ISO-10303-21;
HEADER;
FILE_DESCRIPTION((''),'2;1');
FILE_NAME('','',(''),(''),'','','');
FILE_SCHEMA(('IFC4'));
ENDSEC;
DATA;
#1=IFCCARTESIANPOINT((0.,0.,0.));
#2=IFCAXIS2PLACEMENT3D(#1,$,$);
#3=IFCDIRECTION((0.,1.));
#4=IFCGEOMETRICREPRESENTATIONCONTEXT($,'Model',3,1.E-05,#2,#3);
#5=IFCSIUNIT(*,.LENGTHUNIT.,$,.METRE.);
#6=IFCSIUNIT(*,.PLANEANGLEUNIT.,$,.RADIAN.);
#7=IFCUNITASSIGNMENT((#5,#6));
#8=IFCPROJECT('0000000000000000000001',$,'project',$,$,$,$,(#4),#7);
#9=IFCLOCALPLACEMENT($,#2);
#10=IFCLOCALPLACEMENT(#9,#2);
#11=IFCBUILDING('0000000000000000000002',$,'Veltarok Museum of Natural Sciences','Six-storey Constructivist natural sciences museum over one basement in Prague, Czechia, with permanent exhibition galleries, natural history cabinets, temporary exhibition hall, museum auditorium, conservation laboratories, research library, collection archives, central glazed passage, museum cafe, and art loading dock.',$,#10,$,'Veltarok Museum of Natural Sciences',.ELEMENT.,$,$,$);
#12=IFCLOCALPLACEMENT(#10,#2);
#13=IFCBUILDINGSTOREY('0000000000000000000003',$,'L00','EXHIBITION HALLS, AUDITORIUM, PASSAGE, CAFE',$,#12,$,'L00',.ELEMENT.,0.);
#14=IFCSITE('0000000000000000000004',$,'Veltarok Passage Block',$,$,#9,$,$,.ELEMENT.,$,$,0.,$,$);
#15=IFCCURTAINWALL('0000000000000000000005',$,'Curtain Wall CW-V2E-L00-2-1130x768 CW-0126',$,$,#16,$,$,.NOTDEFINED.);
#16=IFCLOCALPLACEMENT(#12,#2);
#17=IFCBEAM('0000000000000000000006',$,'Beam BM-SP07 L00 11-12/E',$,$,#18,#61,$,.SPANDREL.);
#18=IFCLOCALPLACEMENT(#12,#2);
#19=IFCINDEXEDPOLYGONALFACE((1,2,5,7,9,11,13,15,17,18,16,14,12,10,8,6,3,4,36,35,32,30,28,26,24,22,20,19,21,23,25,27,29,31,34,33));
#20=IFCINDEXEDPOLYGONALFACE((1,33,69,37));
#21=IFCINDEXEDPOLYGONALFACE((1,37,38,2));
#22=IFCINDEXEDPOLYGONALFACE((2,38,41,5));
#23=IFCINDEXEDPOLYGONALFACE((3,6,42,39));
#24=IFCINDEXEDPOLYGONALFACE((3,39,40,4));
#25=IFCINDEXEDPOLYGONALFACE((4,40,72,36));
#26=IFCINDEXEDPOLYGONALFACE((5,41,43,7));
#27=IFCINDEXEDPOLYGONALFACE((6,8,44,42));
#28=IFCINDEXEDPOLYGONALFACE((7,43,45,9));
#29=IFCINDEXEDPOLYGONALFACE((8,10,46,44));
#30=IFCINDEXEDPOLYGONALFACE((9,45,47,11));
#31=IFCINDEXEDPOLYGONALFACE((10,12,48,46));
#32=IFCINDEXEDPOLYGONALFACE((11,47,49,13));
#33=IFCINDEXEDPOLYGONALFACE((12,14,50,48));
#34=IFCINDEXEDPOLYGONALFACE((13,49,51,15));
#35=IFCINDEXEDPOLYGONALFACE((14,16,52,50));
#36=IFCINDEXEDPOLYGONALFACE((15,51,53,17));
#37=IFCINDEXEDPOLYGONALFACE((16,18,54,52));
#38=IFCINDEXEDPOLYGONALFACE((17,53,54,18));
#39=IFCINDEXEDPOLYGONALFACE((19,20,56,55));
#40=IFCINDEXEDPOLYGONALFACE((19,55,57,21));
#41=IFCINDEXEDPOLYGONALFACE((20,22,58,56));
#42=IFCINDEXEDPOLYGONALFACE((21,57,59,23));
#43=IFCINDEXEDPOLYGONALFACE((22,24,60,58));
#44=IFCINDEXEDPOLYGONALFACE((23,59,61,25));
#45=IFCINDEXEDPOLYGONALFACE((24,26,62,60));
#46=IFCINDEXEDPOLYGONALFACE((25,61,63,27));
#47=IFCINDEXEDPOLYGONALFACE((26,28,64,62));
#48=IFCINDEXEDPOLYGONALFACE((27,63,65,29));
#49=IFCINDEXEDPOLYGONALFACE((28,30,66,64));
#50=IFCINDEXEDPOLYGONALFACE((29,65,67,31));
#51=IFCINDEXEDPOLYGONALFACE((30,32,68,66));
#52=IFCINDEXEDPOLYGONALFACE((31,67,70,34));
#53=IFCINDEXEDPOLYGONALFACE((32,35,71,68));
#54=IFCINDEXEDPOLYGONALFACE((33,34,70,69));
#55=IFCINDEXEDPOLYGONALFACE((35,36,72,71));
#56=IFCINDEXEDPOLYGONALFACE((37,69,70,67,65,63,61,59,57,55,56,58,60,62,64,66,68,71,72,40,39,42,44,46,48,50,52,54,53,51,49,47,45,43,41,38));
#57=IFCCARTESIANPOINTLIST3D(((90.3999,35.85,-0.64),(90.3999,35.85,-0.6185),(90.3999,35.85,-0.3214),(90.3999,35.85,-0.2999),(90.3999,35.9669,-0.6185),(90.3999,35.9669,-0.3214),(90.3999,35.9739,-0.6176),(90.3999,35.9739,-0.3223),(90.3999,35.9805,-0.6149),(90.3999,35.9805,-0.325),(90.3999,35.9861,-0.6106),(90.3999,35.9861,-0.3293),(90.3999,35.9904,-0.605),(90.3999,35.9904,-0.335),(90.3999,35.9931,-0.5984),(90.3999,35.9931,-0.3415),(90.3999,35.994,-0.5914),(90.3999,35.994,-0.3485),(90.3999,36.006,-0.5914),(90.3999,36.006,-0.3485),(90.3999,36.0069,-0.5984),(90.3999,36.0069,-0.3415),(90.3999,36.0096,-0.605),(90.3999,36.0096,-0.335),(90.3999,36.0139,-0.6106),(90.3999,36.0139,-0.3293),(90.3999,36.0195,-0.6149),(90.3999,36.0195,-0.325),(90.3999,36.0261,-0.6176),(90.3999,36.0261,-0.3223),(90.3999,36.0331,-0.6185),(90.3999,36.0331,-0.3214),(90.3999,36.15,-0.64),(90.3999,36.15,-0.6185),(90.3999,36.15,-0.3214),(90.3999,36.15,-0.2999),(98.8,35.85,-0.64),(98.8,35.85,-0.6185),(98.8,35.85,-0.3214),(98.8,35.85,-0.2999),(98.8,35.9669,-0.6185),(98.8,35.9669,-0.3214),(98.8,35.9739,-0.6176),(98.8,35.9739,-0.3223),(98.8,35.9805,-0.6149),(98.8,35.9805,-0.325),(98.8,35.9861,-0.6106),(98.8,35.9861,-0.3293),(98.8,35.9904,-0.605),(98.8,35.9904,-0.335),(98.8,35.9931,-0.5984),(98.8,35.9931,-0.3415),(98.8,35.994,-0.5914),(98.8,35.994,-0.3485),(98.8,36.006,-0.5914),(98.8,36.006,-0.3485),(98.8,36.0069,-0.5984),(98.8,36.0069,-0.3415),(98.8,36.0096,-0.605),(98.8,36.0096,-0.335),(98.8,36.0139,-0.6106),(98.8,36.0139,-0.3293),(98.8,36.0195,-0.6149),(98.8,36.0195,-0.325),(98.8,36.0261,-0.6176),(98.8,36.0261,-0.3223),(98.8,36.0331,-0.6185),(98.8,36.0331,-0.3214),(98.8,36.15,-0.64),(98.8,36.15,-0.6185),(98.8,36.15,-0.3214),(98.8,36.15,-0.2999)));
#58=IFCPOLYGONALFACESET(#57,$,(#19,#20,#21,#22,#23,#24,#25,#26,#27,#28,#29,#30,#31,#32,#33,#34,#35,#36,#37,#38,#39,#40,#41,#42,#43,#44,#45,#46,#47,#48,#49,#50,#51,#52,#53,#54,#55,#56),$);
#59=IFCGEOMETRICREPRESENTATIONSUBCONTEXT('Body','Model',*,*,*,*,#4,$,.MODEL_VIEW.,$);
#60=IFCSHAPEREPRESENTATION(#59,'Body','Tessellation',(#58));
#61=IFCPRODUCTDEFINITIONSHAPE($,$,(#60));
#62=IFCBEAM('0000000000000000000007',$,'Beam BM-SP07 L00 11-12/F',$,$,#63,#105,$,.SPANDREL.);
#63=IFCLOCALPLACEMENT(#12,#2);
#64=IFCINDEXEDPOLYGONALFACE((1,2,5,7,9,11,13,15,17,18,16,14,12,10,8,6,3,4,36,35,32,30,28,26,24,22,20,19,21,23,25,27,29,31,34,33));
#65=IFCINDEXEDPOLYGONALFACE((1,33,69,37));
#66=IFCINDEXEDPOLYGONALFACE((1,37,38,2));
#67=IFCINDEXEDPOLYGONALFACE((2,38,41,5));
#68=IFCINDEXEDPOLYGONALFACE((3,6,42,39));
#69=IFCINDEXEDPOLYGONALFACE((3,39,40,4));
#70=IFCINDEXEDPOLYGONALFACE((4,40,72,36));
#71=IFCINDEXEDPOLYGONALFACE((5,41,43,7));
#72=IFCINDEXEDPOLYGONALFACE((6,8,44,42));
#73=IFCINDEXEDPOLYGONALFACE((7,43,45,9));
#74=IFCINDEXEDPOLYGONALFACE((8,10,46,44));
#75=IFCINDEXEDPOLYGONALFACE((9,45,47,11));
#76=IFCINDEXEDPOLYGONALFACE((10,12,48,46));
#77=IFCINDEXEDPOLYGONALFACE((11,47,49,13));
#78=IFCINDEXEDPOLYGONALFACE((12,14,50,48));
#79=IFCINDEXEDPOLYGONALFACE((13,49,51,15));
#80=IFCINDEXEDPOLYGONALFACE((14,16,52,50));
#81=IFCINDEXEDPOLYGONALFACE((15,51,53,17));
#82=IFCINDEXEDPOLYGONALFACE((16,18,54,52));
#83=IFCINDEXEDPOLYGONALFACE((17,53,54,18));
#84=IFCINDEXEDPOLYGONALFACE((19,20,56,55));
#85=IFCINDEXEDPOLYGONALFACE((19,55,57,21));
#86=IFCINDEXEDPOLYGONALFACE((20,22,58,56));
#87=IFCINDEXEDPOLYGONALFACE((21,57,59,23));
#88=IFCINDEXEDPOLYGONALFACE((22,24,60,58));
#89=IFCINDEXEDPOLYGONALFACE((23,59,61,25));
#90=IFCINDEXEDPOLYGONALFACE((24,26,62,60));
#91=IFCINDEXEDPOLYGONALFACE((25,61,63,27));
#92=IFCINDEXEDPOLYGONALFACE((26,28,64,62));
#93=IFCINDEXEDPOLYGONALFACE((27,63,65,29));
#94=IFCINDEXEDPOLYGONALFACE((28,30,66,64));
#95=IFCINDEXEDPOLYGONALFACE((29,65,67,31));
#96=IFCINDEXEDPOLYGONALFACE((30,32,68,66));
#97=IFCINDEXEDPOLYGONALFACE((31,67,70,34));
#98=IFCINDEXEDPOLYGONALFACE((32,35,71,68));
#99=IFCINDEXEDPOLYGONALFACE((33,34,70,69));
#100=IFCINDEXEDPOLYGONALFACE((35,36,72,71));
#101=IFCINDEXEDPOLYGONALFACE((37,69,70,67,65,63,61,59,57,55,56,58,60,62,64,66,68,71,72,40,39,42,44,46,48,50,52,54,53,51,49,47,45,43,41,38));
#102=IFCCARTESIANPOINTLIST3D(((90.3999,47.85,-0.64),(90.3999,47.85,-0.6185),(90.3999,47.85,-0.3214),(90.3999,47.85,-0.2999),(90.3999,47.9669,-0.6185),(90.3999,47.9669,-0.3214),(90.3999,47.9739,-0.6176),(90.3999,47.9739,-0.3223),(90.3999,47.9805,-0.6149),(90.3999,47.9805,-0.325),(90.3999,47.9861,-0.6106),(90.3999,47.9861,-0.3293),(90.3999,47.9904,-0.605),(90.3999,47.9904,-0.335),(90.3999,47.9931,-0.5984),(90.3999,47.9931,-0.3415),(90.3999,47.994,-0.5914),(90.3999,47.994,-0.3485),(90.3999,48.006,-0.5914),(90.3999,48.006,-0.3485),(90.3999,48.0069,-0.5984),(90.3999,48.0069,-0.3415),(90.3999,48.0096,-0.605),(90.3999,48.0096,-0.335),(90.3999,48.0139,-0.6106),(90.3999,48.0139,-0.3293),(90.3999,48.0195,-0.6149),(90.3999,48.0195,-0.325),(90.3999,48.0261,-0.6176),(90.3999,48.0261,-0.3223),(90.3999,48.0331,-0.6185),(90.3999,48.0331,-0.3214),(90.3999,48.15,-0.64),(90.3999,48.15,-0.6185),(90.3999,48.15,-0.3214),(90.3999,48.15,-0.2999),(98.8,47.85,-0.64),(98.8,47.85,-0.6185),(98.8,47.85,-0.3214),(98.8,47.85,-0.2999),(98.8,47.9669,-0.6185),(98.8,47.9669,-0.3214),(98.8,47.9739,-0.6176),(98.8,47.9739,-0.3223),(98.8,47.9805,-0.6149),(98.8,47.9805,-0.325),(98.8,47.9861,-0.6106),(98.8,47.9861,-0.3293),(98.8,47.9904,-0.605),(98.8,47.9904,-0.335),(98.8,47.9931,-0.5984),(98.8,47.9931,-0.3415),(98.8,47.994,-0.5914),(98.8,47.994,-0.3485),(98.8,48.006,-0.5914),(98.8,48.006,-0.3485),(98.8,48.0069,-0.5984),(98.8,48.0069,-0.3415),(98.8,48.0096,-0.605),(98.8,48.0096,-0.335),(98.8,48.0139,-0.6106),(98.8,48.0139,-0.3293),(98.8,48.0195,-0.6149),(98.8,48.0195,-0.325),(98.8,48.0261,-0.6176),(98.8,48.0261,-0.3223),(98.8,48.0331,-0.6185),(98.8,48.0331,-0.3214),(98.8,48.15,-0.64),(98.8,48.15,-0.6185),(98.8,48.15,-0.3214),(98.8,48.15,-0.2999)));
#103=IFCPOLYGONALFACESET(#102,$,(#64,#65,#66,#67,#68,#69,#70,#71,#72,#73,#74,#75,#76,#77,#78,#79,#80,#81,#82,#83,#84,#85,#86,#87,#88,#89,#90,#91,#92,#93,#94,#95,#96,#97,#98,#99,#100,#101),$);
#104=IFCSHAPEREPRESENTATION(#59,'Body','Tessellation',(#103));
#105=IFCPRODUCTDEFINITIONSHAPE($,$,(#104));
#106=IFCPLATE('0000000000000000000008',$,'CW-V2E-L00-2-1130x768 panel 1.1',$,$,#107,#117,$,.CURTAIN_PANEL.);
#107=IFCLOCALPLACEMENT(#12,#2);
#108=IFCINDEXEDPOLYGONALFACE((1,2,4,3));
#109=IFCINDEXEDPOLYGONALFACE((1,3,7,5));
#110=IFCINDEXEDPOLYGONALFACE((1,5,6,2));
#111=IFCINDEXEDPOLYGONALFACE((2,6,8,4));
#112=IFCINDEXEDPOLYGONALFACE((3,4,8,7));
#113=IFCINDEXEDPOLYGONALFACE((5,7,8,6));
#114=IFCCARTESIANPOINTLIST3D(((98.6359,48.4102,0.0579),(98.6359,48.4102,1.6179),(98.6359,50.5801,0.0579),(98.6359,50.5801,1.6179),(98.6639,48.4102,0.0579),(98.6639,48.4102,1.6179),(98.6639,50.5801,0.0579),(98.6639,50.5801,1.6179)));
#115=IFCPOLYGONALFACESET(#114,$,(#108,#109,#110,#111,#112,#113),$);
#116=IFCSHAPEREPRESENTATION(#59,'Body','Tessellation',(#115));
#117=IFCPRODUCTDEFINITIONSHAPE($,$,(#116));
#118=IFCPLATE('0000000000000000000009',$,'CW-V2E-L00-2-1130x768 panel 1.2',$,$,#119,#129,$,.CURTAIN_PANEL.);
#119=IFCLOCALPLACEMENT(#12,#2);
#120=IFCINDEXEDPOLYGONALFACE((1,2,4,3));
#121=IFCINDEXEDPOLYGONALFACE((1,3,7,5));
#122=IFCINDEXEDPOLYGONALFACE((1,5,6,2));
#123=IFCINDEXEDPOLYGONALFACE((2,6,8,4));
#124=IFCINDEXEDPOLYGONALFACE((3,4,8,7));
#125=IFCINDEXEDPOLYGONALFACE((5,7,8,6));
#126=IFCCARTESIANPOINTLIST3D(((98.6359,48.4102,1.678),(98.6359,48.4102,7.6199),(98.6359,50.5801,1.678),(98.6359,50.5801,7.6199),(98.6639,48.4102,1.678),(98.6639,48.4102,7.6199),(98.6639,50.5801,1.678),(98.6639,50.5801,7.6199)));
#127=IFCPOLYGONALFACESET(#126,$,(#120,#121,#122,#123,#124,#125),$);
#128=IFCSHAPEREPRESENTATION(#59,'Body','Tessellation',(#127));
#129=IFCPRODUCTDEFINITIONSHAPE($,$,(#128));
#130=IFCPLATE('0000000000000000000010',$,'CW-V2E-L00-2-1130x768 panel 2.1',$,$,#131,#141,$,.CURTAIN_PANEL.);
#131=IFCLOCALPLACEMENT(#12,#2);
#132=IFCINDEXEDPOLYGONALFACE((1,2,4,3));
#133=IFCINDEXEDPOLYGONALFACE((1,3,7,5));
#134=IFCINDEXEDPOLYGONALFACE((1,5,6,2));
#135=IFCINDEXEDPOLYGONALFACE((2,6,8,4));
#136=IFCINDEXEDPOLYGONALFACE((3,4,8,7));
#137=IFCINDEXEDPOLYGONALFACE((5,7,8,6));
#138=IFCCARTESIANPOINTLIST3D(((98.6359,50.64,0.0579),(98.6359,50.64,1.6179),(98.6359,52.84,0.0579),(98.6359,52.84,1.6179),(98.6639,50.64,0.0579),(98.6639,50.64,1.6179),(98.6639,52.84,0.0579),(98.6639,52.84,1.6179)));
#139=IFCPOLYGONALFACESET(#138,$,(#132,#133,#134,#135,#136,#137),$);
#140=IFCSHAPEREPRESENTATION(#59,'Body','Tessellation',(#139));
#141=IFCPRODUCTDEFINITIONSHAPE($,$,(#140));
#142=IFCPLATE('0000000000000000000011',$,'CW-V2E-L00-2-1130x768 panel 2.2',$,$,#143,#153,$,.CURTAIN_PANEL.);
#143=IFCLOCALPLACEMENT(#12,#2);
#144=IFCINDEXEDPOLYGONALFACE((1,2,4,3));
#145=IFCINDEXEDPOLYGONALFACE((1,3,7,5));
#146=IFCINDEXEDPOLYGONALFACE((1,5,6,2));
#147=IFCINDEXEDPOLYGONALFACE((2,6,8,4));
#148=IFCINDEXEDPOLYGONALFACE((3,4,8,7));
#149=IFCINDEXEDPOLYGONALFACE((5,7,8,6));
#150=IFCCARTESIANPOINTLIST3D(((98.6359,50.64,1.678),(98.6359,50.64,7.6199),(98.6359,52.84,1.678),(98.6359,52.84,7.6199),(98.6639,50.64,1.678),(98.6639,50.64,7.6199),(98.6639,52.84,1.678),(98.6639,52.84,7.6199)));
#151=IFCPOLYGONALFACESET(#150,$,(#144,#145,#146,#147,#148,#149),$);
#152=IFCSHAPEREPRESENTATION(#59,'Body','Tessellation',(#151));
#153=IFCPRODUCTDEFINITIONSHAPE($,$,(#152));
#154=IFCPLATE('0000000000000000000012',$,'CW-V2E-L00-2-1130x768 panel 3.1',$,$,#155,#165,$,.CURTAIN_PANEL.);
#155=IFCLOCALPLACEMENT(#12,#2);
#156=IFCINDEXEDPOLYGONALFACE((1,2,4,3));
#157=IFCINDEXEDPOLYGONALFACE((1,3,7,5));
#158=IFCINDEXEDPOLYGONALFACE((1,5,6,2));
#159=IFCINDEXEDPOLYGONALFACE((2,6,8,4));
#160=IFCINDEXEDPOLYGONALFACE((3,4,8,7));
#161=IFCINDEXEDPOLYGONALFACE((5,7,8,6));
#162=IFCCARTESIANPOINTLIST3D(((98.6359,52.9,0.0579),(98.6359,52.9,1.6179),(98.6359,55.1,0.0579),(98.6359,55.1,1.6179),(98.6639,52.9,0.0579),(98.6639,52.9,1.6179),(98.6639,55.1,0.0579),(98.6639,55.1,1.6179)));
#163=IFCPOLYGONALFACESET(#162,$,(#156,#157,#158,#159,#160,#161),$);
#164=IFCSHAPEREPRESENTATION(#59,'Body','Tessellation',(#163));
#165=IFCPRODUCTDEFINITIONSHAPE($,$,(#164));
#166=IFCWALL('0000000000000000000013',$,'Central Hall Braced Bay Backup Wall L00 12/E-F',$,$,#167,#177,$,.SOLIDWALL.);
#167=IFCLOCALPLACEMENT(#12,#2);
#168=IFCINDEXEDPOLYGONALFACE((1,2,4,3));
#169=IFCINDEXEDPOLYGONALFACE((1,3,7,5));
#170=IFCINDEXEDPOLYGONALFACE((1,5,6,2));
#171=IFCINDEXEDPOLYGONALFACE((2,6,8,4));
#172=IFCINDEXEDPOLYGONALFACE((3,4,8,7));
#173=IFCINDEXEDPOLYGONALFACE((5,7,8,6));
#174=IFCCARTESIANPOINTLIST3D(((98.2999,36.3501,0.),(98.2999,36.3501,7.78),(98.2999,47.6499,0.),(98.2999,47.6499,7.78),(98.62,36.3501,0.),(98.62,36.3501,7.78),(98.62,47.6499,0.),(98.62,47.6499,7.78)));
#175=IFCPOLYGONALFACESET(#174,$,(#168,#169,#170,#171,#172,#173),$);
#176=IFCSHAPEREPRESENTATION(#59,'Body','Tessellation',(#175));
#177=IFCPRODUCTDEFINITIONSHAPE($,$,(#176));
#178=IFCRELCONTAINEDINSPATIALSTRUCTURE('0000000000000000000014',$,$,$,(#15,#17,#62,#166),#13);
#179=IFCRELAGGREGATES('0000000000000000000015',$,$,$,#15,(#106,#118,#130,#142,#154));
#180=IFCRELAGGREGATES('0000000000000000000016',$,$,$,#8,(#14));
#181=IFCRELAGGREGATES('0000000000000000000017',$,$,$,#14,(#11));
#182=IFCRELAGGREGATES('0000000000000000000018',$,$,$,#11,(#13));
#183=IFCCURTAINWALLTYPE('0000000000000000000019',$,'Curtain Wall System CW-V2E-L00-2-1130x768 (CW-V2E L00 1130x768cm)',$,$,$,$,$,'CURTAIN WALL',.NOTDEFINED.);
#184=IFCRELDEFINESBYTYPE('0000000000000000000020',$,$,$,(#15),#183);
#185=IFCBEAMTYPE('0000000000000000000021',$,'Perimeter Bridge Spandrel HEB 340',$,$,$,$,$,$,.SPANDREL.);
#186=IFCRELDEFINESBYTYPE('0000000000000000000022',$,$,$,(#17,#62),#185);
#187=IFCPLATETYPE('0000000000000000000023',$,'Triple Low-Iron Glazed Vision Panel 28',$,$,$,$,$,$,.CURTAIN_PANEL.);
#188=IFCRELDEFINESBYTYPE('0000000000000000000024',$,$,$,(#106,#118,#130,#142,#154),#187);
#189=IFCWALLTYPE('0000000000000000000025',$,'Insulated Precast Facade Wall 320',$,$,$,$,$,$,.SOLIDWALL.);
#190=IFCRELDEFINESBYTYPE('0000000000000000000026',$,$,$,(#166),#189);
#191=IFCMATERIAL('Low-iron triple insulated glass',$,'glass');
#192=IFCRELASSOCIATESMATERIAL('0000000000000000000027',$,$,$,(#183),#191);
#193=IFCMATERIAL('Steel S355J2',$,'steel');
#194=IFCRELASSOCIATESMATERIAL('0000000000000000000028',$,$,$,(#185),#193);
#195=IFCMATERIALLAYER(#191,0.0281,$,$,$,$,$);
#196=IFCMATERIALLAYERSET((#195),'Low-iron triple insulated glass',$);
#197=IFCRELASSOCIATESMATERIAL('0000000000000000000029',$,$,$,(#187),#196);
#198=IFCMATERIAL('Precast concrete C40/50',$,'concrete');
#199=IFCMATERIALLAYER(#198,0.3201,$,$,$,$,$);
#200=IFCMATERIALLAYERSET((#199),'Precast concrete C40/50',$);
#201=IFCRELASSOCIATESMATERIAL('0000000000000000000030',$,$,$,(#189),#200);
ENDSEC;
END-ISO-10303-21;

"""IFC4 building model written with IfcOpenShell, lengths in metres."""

from ifc_helpers import new_model, si_unit, direction, frame, frame_2d, origin, origin_2d, place, context, subcontext, project, spatial, rectangle, i_section, extrude, material, layer, layer_set, material_profile, profile_set, type_object, element, aggregate, save


model = new_model("IFC4")

# Units and contexts
model_context = context("Model", 3, precision=1e-05, world=origin(), true_north=direction((0.0, 1.0)))
body_context = subcontext(model_context, "Body", "Model", "MODEL_VIEW")
ifc_project = project(units=[si_unit("LENGTHUNIT", "METRE"), si_unit("PLANEANGLEUNIT", "RADIAN")], contexts=[model_context])

# Site, building, storey
site_placement = place(None, origin())
site = spatial("IfcSite", under=ifc_project, at=site_placement, Name="Veltarok Passage Block", CompositionType="ELEMENT", RefElevation=0.0)
building_placement = place(site_placement, origin())
building = spatial("IfcBuilding", under=site, at=building_placement, Name="Veltarok Museum of Natural Sciences", Description="Six-storey Constructivist natural sciences museum over one basement in Prague, Czechia, with permanent exhibition galleries, natural history cabinets, temporary exhibition hall, museum auditorium, conservation laboratories, research library, collection archives, central glazed passage, museum cafe, and art loading dock.", LongName="Veltarok Museum of Natural Sciences", CompositionType="ELEMENT")
storey_placement = place(building_placement, origin())
storey = spatial("IfcBuildingStorey", under=building, at=storey_placement, Name="L00", Description="EXHIBITION HALLS, AUDITORIUM, PASSAGE, CAFE", LongName="L00", CompositionType="ELEMENT", Elevation=0.0)

# Shared definitions
ifc_material_1 = material(Name="Steel S355J2", Category="steel")

# Curtain wall
ifc_material_2 = material(Name="Low-iron triple insulated glass", Category="glass")
curtain_wall_type = type_object("IfcCurtainWallType", Name="Curtain Wall System CW-V2E-L00-2-1130x768 (CW-V2E L00 1130x768cm)", ElementType="CURTAIN WALL", PredefinedType="NOTDEFINED", material=ifc_material_2)
curtain_wall_placement = place(storey_placement, origin())
curtain_wall = element("IfcCurtainWall", 1, at=curtain_wall_placement, inside=storey, type_object=curtain_wall_type, Name="Curtain Wall CW-V2E-L00-2-1130x768 CW-0126", PredefinedType="NOTDEFINED")

# Beams
ifc_material_profile_1 = material_profile(ifc_material_1, i_section(OverallWidth=0.3, OverallDepth=0.3401, WebThickness=0.012, FlangeThickness=0.0215, FilletRadius=0.0271, at=origin_2d()), Name="HEB 340")
ifc_profile_set_1 = profile_set([ifc_material_profile_1], Name="Steel S355J2")
beam_type_1 = type_object("IfcBeamType", Name="Perimeter Bridge Spandrel HEB 340", PredefinedType="SPANDREL", material=ifc_profile_set_1)
for number, where, z_axis, x_axis, name in (
    (2, (90.3999, 36.0, -0.47), (1.0, 0.0, 0.0), (0.0, 1.0, 0.0), "Beam BM-SP07 L00 11-12/E"),
    (3, (90.3999, 48.0, -0.47), (1.0, 0.0, 0.0), (0.0, 1.0, 0.0), "Beam BM-SP07 L00 11-12/F"),
):
    element("IfcBeam", number, at=place(storey_placement, frame(where, z_axis=z_axis, x_axis=x_axis)), inside=storey, type_object=beam_type_1, Name=name, PredefinedType="SPANDREL", context=body_context, shape_type="SweptSolid", body=[
        extrude(i_section(OverallWidth=0.3, OverallDepth=0.3401, WebThickness=0.012, FlangeThickness=0.0215, FilletRadius=0.0271, at=origin_2d()), origin(), (0.0, 0.0, 1.0), 8.4001),
    ])

# Plates
ifc_layer_1 = layer(ifc_material_2, 0.0281)
ifc_layer_set_1 = layer_set([ifc_layer_1], Name="Low-iron triple insulated glass")
plate_type = type_object("IfcPlateType", Name="Triple Low-Iron Glazed Vision Panel 28", PredefinedType="CURTAIN_PANEL", material=ifc_layer_set_1)
plate_1_placement = place(storey_placement, frame((98.6499, 49.4951, 0.0579), z_axis=(0.0, 0.0, 1.0), x_axis=(0.0, 1.0, 0.0)))
plate_1 = element("IfcPlate", 4, at=plate_1_placement, type_object=plate_type, Name="CW-V2E-L00-2-1130x768 panel 1.1", PredefinedType="CURTAIN_PANEL", context=body_context, shape_type="SweptSolid", body=[
    extrude(rectangle(XDim=2.1699, YDim=0.0281, at=origin_2d()), origin(), (0.0, 0.0, 1.0), 1.5601),
])
plate_2_placement = place(storey_placement, frame((98.6499, 49.4951, 1.678), z_axis=(0.0, 0.0, 1.0), x_axis=(0.0, 1.0, 0.0)))
plate_2 = element("IfcPlate", 5, at=plate_2_placement, type_object=plate_type, Name="CW-V2E-L00-2-1130x768 panel 1.2", PredefinedType="CURTAIN_PANEL", context=body_context, shape_type="SweptSolid", body=[
    extrude(rectangle(XDim=2.1699, YDim=0.0281, at=origin_2d()), origin(), (0.0, 0.0, 1.0), 5.9419),
])
plate_3_placement = place(storey_placement, frame((98.6499, 51.74, 0.0579), z_axis=(0.0, 0.0, 1.0), x_axis=(0.0, 1.0, 0.0)))
plate_3 = element("IfcPlate", 6, at=plate_3_placement, type_object=plate_type, Name="CW-V2E-L00-2-1130x768 panel 2.1", PredefinedType="CURTAIN_PANEL", context=body_context, shape_type="SweptSolid", body=[
    extrude(rectangle(XDim=2.2, YDim=0.0281, at=origin_2d()), origin(), (0.0, 0.0, 1.0), 1.5601),
])
plate_4_placement = place(storey_placement, frame((98.6499, 51.74, 1.678), z_axis=(0.0, 0.0, 1.0), x_axis=(0.0, 1.0, 0.0)))
plate_4 = element("IfcPlate", 7, at=plate_4_placement, type_object=plate_type, Name="CW-V2E-L00-2-1130x768 panel 2.2", PredefinedType="CURTAIN_PANEL", context=body_context, shape_type="SweptSolid", body=[
    extrude(rectangle(XDim=2.2, YDim=0.0281, at=origin_2d()), origin(), (0.0, 0.0, 1.0), 5.9419),
])
plate_5_placement = place(storey_placement, frame((98.6499, 54.0, 0.0579), z_axis=(0.0, 0.0, 1.0), x_axis=(0.0, 1.0, 0.0)))
plate_5 = element("IfcPlate", 8, at=plate_5_placement, type_object=plate_type, Name="CW-V2E-L00-2-1130x768 panel 3.1", PredefinedType="CURTAIN_PANEL", context=body_context, shape_type="SweptSolid", body=[
    extrude(rectangle(XDim=2.2, YDim=0.0281, at=origin_2d()), origin(), (0.0, 0.0, 1.0), 1.5601),
])
aggregate(curtain_wall, [plate_1, plate_2, plate_3, plate_4, plate_5])

# Wall
ifc_material_3 = material(Name="Precast concrete C40/50", Category="concrete")
ifc_layer_2 = layer(ifc_material_3, 0.3201)
ifc_layer_set_2 = layer_set([ifc_layer_2], Name="Precast concrete C40/50")
wall_type = type_object("IfcWallType", Name="Insulated Precast Facade Wall 320", PredefinedType="SOLIDWALL", material=ifc_layer_set_2)
wall_placement = place(storey_placement, frame((98.46, 36.3501, 0.0), z_axis=(0.0, 0.0, 1.0), x_axis=(0.0, 1.0, 0.0)))
element("IfcWall", 9, at=wall_placement, inside=storey, type_object=wall_type, Name="Central Hall Braced Bay Backup Wall L00 12/E-F", PredefinedType="SOLIDWALL", context=body_context, shape_type="SweptSolid", body=[
    extrude(rectangle(XDim=11.2998, YDim=0.3201, at=frame_2d((5.6499, 0.0))), origin(), (0.0, 0.0, 1.0), 7.78),
])

save(model, "model.ifc")
